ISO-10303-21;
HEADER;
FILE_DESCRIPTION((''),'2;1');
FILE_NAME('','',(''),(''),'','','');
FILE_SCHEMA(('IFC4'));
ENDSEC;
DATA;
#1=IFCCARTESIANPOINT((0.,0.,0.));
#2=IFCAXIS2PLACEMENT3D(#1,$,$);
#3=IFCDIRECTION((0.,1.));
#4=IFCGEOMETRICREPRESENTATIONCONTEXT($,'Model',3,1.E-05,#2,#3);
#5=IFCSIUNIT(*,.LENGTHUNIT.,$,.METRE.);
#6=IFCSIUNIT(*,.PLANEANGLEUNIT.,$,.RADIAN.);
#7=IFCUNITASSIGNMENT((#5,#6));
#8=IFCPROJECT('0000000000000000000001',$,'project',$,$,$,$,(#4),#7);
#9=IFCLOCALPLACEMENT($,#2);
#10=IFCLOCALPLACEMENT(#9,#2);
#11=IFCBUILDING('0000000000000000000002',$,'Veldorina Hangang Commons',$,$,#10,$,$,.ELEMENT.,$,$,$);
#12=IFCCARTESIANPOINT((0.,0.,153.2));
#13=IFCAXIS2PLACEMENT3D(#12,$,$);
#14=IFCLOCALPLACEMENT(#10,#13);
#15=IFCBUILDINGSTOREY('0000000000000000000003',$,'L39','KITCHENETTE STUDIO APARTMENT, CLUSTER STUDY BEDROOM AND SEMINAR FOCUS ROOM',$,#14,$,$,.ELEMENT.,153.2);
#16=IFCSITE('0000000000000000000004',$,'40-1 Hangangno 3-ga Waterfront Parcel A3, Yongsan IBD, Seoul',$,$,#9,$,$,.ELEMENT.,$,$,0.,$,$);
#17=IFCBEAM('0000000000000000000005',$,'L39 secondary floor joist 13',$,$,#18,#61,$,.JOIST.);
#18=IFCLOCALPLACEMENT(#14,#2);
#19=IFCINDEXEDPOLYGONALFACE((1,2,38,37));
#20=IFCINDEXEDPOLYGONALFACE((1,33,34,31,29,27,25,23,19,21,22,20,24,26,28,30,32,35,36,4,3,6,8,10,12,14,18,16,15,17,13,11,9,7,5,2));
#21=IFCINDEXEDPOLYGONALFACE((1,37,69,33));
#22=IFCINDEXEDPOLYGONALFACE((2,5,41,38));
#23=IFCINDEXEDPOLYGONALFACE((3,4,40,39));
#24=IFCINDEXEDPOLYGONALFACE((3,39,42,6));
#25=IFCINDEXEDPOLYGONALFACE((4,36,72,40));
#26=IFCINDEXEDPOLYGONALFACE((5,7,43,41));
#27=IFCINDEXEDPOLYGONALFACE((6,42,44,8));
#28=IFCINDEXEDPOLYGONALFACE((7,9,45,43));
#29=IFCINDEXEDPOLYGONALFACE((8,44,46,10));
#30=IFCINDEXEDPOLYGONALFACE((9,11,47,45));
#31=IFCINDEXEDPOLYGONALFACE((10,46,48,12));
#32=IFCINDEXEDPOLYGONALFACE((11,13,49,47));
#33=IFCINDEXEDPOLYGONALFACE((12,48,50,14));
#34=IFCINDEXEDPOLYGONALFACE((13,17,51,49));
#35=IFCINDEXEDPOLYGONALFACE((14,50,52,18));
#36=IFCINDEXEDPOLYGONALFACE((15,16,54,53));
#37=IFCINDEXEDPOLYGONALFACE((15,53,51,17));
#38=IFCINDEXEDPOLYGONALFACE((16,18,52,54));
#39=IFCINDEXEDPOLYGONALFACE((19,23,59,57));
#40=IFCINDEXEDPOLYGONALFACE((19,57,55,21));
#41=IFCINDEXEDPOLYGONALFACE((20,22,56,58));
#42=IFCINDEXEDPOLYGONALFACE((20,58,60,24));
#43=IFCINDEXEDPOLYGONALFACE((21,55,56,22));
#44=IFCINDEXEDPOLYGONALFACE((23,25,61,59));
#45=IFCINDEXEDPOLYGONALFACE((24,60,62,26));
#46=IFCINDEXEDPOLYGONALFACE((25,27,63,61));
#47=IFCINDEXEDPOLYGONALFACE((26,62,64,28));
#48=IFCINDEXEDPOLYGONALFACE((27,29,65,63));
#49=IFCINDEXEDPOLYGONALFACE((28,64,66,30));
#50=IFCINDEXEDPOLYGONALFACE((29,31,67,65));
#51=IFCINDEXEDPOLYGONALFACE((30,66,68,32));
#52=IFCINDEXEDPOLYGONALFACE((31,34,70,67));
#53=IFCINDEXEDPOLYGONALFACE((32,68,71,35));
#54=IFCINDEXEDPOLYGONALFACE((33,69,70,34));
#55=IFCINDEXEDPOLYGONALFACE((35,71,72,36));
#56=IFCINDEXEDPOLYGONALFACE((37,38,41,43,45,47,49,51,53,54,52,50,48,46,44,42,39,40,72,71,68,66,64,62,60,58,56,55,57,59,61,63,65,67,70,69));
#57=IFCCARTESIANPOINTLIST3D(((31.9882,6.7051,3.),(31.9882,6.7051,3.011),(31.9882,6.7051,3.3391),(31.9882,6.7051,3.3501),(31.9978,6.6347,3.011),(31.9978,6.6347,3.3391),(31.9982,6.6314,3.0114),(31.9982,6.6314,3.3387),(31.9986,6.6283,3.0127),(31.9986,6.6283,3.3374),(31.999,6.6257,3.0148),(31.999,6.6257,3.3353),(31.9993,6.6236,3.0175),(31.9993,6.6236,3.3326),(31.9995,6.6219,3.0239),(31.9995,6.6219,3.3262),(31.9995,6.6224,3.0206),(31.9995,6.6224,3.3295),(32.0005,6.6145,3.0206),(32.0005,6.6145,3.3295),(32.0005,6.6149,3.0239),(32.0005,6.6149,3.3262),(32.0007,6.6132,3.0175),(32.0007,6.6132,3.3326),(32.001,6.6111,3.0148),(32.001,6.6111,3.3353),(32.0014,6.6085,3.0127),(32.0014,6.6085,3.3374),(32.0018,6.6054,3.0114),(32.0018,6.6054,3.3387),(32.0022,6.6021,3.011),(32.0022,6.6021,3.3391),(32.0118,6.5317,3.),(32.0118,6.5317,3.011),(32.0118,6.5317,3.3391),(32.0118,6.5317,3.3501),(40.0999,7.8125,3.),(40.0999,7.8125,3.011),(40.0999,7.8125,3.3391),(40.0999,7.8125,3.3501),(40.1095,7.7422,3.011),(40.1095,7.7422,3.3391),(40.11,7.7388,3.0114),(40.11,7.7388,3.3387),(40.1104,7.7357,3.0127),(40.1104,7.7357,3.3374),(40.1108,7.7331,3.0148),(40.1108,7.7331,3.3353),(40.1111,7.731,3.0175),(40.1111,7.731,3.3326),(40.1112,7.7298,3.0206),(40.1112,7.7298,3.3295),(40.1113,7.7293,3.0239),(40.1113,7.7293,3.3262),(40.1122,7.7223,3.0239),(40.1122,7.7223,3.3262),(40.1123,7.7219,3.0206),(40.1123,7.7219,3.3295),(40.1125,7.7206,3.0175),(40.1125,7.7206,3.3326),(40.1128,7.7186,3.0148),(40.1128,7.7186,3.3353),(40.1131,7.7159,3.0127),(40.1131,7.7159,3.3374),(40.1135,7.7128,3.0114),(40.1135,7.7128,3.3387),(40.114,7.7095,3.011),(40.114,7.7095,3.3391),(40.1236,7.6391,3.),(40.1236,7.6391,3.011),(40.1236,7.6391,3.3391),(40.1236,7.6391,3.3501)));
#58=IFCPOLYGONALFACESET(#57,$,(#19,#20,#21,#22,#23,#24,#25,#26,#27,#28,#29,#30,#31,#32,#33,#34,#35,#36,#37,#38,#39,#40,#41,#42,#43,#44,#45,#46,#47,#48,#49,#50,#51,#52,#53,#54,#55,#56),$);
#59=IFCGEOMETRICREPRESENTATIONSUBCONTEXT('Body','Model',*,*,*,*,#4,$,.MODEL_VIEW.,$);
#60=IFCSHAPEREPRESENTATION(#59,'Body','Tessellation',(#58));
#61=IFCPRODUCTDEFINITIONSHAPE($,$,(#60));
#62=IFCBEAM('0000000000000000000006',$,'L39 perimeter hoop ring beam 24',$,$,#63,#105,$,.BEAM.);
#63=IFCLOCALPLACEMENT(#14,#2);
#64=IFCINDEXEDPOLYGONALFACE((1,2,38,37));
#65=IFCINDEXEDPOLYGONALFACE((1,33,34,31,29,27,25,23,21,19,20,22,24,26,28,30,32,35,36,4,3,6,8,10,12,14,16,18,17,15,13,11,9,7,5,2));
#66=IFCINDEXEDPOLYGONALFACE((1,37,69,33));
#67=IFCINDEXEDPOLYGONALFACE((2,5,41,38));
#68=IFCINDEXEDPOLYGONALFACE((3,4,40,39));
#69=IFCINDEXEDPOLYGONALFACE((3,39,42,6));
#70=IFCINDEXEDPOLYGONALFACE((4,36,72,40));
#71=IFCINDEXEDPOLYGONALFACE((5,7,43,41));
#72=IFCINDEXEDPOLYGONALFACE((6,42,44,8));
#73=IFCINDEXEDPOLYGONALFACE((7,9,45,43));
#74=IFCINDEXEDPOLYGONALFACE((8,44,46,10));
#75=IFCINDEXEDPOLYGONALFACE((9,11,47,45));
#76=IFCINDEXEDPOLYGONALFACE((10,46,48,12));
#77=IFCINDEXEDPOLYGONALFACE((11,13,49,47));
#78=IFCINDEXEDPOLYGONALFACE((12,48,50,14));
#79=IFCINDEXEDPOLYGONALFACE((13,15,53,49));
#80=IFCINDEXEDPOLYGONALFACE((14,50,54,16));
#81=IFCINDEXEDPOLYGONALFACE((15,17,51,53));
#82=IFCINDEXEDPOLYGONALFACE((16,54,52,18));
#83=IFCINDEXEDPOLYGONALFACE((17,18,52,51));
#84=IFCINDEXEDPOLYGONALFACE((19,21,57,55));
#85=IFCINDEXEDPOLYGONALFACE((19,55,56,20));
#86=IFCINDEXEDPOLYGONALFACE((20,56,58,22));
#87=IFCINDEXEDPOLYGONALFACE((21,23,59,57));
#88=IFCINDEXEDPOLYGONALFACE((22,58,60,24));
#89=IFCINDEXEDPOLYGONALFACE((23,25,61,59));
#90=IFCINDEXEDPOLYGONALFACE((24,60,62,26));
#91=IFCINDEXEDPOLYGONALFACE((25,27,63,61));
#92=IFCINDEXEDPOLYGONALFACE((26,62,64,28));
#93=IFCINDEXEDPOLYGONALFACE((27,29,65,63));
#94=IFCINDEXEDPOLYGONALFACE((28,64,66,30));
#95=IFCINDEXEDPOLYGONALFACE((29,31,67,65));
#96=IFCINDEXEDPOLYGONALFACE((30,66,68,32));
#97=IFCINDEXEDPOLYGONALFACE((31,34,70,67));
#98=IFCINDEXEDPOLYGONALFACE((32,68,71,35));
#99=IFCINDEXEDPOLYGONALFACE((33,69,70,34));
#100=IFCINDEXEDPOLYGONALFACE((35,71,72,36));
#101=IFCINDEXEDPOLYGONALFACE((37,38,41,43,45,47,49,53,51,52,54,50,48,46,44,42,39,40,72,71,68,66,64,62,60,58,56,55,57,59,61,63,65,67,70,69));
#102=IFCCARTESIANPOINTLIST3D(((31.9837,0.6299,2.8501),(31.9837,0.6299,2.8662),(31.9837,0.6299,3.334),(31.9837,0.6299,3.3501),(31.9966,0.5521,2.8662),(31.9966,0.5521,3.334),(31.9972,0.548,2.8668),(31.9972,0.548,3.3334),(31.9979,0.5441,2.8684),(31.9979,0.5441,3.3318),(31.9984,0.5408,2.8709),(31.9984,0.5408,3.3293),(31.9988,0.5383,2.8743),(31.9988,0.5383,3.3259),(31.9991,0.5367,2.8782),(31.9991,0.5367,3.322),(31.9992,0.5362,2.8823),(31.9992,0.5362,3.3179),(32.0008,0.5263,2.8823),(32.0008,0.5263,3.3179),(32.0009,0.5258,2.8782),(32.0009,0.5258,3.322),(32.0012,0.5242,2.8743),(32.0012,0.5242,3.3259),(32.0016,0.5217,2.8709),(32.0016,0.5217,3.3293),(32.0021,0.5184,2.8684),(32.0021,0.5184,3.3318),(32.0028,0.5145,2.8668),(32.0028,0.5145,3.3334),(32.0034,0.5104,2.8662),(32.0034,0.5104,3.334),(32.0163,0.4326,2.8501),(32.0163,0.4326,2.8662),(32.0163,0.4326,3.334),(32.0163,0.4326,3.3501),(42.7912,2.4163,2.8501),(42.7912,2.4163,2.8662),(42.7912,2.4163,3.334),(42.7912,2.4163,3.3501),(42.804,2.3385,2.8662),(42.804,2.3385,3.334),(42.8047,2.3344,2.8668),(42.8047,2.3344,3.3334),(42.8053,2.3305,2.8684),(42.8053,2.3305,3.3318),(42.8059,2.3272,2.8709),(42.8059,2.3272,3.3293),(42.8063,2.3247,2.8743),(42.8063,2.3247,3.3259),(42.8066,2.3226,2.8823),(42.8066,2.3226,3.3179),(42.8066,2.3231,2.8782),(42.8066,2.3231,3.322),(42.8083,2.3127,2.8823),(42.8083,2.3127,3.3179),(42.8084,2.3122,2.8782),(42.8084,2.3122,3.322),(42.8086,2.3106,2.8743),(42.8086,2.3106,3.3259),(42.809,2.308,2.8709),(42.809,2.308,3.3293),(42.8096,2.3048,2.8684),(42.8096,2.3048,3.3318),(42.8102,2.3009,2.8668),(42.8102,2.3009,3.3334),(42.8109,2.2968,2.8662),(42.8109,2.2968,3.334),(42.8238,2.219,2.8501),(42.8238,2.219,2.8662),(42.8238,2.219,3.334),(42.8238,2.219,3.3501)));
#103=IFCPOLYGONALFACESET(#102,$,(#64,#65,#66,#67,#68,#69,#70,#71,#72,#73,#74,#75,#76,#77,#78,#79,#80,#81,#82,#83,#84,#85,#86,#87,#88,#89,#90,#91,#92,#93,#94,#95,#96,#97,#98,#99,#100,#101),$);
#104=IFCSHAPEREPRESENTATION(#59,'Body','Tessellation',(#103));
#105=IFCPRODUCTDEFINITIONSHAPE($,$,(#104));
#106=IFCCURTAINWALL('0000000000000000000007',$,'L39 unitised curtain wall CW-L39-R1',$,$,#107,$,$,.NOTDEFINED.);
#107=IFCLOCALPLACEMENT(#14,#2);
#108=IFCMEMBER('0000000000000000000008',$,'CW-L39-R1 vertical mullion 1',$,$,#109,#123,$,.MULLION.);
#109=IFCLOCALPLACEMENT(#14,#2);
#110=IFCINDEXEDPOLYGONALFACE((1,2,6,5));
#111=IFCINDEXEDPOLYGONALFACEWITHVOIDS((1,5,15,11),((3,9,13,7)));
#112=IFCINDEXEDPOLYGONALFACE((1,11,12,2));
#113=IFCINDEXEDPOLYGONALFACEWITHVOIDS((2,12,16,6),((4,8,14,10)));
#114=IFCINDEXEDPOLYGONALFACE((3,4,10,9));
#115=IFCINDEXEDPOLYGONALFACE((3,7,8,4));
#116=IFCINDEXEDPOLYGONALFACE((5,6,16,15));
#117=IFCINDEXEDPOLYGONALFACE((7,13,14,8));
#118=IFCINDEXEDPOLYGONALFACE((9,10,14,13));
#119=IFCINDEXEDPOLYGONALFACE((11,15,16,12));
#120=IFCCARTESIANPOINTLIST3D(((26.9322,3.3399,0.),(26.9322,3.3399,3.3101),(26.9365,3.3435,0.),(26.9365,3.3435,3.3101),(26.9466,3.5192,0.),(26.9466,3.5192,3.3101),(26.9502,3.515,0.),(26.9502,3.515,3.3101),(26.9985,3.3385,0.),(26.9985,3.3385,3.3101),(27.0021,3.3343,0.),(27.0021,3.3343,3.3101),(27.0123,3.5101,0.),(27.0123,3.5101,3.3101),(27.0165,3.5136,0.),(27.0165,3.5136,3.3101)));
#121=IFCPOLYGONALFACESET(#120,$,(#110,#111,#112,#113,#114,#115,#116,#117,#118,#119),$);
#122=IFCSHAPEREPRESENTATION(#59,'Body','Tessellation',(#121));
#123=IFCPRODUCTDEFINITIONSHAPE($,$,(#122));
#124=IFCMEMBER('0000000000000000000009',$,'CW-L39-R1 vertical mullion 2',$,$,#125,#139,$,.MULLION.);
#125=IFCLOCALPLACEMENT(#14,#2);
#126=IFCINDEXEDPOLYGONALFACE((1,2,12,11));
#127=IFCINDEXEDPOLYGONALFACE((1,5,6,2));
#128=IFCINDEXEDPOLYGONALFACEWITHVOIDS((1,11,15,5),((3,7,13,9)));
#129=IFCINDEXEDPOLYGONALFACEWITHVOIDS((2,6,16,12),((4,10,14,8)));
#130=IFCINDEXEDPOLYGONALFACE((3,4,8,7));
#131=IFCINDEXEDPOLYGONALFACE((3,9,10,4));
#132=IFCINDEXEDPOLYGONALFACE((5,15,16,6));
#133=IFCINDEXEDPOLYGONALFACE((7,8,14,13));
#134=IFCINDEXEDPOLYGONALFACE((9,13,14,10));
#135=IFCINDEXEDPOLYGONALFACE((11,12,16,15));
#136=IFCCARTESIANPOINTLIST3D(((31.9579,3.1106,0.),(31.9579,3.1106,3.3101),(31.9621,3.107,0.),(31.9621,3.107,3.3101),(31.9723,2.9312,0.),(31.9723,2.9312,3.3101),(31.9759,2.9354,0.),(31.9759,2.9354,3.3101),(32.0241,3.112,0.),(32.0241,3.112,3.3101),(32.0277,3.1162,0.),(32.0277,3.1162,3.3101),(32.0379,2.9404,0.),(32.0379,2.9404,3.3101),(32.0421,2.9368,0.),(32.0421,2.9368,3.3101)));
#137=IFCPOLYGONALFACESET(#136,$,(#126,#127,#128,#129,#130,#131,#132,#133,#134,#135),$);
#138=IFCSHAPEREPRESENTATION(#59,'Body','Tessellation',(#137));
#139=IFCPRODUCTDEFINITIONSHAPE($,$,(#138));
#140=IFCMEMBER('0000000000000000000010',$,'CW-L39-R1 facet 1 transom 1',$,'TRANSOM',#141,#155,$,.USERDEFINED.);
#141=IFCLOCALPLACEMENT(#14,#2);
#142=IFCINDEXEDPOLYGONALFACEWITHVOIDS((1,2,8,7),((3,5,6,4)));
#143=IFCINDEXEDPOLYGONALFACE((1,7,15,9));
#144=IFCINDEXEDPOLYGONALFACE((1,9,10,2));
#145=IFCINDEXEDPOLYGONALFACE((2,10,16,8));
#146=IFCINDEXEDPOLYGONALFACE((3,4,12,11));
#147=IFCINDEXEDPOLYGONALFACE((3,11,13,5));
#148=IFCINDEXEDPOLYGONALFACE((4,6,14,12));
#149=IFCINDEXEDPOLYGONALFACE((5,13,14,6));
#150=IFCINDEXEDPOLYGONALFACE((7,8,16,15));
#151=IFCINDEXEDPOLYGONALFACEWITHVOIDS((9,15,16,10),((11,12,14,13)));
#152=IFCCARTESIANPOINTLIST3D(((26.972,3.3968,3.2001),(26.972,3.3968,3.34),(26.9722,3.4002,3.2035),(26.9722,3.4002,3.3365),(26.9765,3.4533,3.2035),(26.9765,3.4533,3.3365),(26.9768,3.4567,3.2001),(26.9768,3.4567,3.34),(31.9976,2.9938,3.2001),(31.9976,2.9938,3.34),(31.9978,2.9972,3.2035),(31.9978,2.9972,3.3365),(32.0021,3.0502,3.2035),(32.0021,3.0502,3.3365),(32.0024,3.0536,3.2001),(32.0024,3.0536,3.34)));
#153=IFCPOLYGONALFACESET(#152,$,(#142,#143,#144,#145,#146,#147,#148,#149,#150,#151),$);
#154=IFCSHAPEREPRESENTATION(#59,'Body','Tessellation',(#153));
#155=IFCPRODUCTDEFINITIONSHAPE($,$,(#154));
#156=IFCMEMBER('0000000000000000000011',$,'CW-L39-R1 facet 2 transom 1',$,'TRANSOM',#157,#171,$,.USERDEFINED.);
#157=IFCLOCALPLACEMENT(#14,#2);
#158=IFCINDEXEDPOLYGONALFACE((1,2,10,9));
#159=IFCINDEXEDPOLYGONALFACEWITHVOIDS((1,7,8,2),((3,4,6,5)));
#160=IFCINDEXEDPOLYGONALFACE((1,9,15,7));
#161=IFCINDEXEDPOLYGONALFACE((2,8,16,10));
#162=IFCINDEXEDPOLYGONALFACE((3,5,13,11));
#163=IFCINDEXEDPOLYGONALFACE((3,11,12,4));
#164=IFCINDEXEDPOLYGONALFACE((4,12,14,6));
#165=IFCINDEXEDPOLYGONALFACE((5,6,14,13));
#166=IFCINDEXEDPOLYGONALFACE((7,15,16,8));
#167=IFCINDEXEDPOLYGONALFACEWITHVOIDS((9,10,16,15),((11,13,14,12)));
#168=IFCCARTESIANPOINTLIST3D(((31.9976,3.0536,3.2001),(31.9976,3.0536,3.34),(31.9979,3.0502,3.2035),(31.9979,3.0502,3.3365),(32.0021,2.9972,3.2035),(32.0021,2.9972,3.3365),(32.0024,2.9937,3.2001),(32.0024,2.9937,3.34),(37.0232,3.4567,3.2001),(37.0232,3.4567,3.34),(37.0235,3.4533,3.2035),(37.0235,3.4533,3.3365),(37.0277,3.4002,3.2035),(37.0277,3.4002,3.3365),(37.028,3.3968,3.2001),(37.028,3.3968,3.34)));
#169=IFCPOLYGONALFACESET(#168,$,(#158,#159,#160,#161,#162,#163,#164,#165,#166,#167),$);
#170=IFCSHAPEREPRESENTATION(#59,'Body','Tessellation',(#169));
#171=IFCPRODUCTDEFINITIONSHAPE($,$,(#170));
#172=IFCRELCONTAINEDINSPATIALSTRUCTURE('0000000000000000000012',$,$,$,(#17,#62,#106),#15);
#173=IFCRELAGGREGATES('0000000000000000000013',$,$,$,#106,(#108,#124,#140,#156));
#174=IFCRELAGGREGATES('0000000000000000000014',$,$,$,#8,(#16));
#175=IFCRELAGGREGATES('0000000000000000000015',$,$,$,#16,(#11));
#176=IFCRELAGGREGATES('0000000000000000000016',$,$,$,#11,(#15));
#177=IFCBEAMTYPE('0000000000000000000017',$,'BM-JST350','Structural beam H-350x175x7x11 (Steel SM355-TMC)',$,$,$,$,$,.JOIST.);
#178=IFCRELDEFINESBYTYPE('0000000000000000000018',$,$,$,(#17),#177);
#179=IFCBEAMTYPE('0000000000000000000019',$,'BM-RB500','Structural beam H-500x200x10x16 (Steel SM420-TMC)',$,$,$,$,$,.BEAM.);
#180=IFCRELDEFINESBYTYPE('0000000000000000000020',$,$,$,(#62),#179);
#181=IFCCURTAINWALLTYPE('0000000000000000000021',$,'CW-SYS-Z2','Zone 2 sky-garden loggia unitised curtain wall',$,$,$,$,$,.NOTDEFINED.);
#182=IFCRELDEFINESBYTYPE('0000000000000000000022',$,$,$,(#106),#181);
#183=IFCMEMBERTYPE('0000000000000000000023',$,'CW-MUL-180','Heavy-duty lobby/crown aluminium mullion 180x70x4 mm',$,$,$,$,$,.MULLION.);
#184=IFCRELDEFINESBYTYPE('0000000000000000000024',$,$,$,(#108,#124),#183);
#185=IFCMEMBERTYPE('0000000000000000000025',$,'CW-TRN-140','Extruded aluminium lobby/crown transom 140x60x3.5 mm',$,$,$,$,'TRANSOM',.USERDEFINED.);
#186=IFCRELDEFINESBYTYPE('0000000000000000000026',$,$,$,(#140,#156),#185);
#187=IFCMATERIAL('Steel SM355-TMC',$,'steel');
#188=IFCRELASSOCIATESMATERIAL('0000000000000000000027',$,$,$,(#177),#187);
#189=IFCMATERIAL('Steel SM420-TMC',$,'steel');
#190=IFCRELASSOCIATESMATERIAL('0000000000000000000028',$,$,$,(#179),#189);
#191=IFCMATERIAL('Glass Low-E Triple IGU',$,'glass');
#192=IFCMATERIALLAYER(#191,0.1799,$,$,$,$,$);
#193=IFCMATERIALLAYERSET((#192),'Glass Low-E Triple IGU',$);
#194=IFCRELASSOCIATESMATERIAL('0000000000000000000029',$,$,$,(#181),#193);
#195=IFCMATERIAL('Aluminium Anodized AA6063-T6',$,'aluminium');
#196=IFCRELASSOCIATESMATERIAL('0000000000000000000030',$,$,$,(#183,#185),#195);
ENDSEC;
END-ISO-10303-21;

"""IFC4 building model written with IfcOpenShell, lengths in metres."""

from ifc_helpers import new_model, si_unit, direction, frame, origin, origin_2d, place, context, subcontext, project, spatial, hollow_rectangle, i_section, extrude, material, layer, layer_set, material_profile, profile_set, type_object, element, aggregate, save


model = new_model("IFC4")

# Units and contexts
model_context = context("Model", 3, precision=1e-05, world=origin(), true_north=direction((0.0, 1.0)))
body_context = subcontext(model_context, "Body", "Model", "MODEL_VIEW")
ifc_project = project(units=[si_unit("LENGTHUNIT", "METRE"), si_unit("PLANEANGLEUNIT", "RADIAN")], contexts=[model_context])

# Site, building, storey
site_placement = place(None, origin())
site = spatial("IfcSite", under=ifc_project, at=site_placement, Name="40-1 Hangangno 3-ga Waterfront Parcel A3, Yongsan IBD, Seoul", CompositionType="ELEMENT", RefElevation=0.0)
building_placement = place(site_placement, origin())
building = spatial("IfcBuilding", under=site, at=building_placement, Name="Veldorina Hangang Commons", CompositionType="ELEMENT")
storey_placement = place(building_placement, frame((0.0, 0.0, 153.2)))
storey = spatial("IfcBuildingStorey", under=building, at=storey_placement, Name="L39", Description="KITCHENETTE STUDIO APARTMENT, CLUSTER STUDY BEDROOM AND SEMINAR FOCUS ROOM", CompositionType="ELEMENT", Elevation=153.2)

# Beams
ifc_material_1 = material(Name="Steel SM355-TMC", Category="steel")
ifc_material_profile_1 = material_profile(ifc_material_1, i_section(OverallWidth=0.175, OverallDepth=0.3501, WebThickness=0.0071, FlangeThickness=0.011, FilletRadius=0.0129, at=origin_2d()), Name="H-350x175x7x11")
ifc_profile_set_1 = profile_set([ifc_material_profile_1], Name="Steel SM355-TMC")
beam_type_1 = type_object("IfcBeamType", Name="BM-JST350", Description="Structural beam H-350x175x7x11 (Steel SM355-TMC)", PredefinedType="JOIST", material=ifc_profile_set_1)
beam_1_placement = place(storey_placement, frame((32.0, 6.6184, 3.175), z_axis=(0.990809, 0.135265, 0.0), x_axis=(-0.135265, 0.990809, 0.0)))
element("IfcBeam", 1, at=beam_1_placement, inside=storey, type_object=beam_type_1, Name="L39 secondary floor joist 13", PredefinedType="JOIST", context=body_context, shape_type="SweptSolid", body=[
    extrude(i_section(OverallWidth=0.175, OverallDepth=0.3501, WebThickness=0.0071, FlangeThickness=0.011, FilletRadius=0.0129, at=origin_2d()), origin(), (0.0, 0.0, 1.0), 8.187),
])
ifc_material_2 = material(Name="Steel SM420-TMC", Category="steel")
ifc_material_profile_2 = material_profile(ifc_material_2, i_section(OverallWidth=0.2, OverallDepth=0.5, WebThickness=0.01, FlangeThickness=0.0161, FilletRadius=0.0161, at=origin_2d()), Name="H-500x200x10x16")
ifc_profile_set_2 = profile_set([ifc_material_profile_2], Name="Steel SM420-TMC")
beam_type_2 = type_object("IfcBeamType", Name="BM-RB500", Description="Structural beam H-500x200x10x16 (Steel SM420-TMC)", PredefinedType="BEAM", material=ifc_profile_set_2)
beam_2_placement = place(storey_placement, frame((32.0, 0.5312, 3.1001), z_axis=(0.986613, 0.16308, 0.0), x_axis=(-0.16308, 0.986613, 0.0)))
element("IfcBeam", 2, at=beam_2_placement, inside=storey, type_object=beam_type_2, Name="L39 perimeter hoop ring beam 24", PredefinedType="BEAM", context=body_context, shape_type="SweptSolid", body=[
    extrude(i_section(OverallWidth=0.2, OverallDepth=0.5, WebThickness=0.01, FlangeThickness=0.0161, FilletRadius=0.0161, at=origin_2d()), origin(), (0.0, 0.0, 1.0), 10.9541),
])

# Curtain wall, members
ifc_material_3 = material(Name="Glass Low-E Triple IGU", Category="glass")
ifc_layer_1 = layer(ifc_material_3, 0.1799)
ifc_layer_set_1 = layer_set([ifc_layer_1], Name="Glass Low-E Triple IGU")
curtain_wall_type = type_object("IfcCurtainWallType", Name="CW-SYS-Z2", Description="Zone 2 sky-garden loggia unitised curtain wall", PredefinedType="NOTDEFINED", material=ifc_layer_set_1)
curtain_wall_placement = place(storey_placement, origin())
curtain_wall = element("IfcCurtainWall", 3, at=curtain_wall_placement, inside=storey, type_object=curtain_wall_type, Name="L39 unitised curtain wall CW-L39-R1", PredefinedType="NOTDEFINED")
ifc_material_4 = material(Name="Aluminium Anodized AA6063-T6", Category="aluminium")
ifc_material_profile_3 = material_profile(ifc_material_4, hollow_rectangle(XDim=0.0701, YDim=0.1799, WallThickness=0.0039, at=origin_2d()), Name="ALU-RHS-180x70x4")
ifc_profile_set_3 = profile_set([ifc_material_profile_3], Name="Aluminium Anodized AA6063-T6")
member_type_1 = type_object("IfcMemberType", Name="CW-MUL-180", Description="Heavy-duty lobby/crown aluminium mullion 180x70x4 mm", PredefinedType="MULLION", material=ifc_profile_set_3)
member_1_placement = place(storey_placement, frame((26.9744, 3.4268, 0.0), z_axis=(0.0, 0.0, 1.0), x_axis=(0.996798, -0.079955, 0.0)))
member_1 = element("IfcMember", 4, at=member_1_placement, type_object=member_type_1, Name="CW-L39-R1 vertical mullion 1", PredefinedType="MULLION", context=body_context, shape_type="SweptSolid", body=[
    extrude(hollow_rectangle(XDim=0.0701, YDim=0.1799, WallThickness=0.0039, at=origin_2d()), origin(), (0.0, 0.0, 1.0), 3.3101),
])
member_2_placement = place(storey_placement, frame((32.0, 3.0237, 0.0), z_axis=(0.0, 0.0, 1.0), x_axis=(0.996798, 0.079955, 0.0)))
member_2 = element("IfcMember", 5, at=member_2_placement, type_object=member_type_1, Name="CW-L39-R1 vertical mullion 2", PredefinedType="MULLION", context=body_context, shape_type="SweptSolid", body=[
    extrude(hollow_rectangle(XDim=0.0701, YDim=0.1799, WallThickness=0.0039, at=origin_2d()), origin(), (0.0, 0.0, 1.0), 3.3101),
])
ifc_material_profile_4 = material_profile(ifc_material_4, hollow_rectangle(XDim=0.0601, YDim=0.1399, WallThickness=0.0034, at=origin_2d()), Name="ALU-RHS-140x60x3.5")
ifc_profile_set_4 = profile_set([ifc_material_profile_4], Name="Aluminium Anodized AA6063-T6")
member_type_2 = type_object("IfcMemberType", Name="CW-TRN-140", Description="Extruded aluminium lobby/crown transom 140x60x3.5 mm", ElementType="TRANSOM", PredefinedType="USERDEFINED", material=ifc_profile_set_4)
member_3_placement = place(storey_placement, frame((26.9744, 3.4268, 3.27), z_axis=(0.996799, -0.079947, 0.0), x_axis=(0.079947, 0.996799, 0.0)))
member_3 = element("IfcMember", 6, at=member_3_placement, type_object=member_type_2, Name="CW-L39-R1 facet 1 transom 1", ObjectType="TRANSOM", PredefinedType="USERDEFINED", context=body_context, shape_type="SweptSolid", body=[
    extrude(hollow_rectangle(XDim=0.0601, YDim=0.1399, WallThickness=0.0034, at=origin_2d()), origin(), (0.0, 0.0, 1.0), 5.0417),
])
member_4_placement = place(storey_placement, frame((32.0, 3.0237, 3.27), z_axis=(0.996799, 0.079947, 0.0), x_axis=(-0.079947, 0.996799, 0.0)))
member_4 = element("IfcMember", 7, at=member_4_placement, type_object=member_type_2, Name="CW-L39-R1 facet 2 transom 1", ObjectType="TRANSOM", PredefinedType="USERDEFINED", context=body_context, shape_type="SweptSolid", body=[
    extrude(hollow_rectangle(XDim=0.0601, YDim=0.1399, WallThickness=0.0034, at=origin_2d()), origin(), (0.0, 0.0, 1.0), 5.0417),
])

aggregate(curtain_wall, [member_1, member_2, member_3, member_4])

save(model, "model.ifc")
